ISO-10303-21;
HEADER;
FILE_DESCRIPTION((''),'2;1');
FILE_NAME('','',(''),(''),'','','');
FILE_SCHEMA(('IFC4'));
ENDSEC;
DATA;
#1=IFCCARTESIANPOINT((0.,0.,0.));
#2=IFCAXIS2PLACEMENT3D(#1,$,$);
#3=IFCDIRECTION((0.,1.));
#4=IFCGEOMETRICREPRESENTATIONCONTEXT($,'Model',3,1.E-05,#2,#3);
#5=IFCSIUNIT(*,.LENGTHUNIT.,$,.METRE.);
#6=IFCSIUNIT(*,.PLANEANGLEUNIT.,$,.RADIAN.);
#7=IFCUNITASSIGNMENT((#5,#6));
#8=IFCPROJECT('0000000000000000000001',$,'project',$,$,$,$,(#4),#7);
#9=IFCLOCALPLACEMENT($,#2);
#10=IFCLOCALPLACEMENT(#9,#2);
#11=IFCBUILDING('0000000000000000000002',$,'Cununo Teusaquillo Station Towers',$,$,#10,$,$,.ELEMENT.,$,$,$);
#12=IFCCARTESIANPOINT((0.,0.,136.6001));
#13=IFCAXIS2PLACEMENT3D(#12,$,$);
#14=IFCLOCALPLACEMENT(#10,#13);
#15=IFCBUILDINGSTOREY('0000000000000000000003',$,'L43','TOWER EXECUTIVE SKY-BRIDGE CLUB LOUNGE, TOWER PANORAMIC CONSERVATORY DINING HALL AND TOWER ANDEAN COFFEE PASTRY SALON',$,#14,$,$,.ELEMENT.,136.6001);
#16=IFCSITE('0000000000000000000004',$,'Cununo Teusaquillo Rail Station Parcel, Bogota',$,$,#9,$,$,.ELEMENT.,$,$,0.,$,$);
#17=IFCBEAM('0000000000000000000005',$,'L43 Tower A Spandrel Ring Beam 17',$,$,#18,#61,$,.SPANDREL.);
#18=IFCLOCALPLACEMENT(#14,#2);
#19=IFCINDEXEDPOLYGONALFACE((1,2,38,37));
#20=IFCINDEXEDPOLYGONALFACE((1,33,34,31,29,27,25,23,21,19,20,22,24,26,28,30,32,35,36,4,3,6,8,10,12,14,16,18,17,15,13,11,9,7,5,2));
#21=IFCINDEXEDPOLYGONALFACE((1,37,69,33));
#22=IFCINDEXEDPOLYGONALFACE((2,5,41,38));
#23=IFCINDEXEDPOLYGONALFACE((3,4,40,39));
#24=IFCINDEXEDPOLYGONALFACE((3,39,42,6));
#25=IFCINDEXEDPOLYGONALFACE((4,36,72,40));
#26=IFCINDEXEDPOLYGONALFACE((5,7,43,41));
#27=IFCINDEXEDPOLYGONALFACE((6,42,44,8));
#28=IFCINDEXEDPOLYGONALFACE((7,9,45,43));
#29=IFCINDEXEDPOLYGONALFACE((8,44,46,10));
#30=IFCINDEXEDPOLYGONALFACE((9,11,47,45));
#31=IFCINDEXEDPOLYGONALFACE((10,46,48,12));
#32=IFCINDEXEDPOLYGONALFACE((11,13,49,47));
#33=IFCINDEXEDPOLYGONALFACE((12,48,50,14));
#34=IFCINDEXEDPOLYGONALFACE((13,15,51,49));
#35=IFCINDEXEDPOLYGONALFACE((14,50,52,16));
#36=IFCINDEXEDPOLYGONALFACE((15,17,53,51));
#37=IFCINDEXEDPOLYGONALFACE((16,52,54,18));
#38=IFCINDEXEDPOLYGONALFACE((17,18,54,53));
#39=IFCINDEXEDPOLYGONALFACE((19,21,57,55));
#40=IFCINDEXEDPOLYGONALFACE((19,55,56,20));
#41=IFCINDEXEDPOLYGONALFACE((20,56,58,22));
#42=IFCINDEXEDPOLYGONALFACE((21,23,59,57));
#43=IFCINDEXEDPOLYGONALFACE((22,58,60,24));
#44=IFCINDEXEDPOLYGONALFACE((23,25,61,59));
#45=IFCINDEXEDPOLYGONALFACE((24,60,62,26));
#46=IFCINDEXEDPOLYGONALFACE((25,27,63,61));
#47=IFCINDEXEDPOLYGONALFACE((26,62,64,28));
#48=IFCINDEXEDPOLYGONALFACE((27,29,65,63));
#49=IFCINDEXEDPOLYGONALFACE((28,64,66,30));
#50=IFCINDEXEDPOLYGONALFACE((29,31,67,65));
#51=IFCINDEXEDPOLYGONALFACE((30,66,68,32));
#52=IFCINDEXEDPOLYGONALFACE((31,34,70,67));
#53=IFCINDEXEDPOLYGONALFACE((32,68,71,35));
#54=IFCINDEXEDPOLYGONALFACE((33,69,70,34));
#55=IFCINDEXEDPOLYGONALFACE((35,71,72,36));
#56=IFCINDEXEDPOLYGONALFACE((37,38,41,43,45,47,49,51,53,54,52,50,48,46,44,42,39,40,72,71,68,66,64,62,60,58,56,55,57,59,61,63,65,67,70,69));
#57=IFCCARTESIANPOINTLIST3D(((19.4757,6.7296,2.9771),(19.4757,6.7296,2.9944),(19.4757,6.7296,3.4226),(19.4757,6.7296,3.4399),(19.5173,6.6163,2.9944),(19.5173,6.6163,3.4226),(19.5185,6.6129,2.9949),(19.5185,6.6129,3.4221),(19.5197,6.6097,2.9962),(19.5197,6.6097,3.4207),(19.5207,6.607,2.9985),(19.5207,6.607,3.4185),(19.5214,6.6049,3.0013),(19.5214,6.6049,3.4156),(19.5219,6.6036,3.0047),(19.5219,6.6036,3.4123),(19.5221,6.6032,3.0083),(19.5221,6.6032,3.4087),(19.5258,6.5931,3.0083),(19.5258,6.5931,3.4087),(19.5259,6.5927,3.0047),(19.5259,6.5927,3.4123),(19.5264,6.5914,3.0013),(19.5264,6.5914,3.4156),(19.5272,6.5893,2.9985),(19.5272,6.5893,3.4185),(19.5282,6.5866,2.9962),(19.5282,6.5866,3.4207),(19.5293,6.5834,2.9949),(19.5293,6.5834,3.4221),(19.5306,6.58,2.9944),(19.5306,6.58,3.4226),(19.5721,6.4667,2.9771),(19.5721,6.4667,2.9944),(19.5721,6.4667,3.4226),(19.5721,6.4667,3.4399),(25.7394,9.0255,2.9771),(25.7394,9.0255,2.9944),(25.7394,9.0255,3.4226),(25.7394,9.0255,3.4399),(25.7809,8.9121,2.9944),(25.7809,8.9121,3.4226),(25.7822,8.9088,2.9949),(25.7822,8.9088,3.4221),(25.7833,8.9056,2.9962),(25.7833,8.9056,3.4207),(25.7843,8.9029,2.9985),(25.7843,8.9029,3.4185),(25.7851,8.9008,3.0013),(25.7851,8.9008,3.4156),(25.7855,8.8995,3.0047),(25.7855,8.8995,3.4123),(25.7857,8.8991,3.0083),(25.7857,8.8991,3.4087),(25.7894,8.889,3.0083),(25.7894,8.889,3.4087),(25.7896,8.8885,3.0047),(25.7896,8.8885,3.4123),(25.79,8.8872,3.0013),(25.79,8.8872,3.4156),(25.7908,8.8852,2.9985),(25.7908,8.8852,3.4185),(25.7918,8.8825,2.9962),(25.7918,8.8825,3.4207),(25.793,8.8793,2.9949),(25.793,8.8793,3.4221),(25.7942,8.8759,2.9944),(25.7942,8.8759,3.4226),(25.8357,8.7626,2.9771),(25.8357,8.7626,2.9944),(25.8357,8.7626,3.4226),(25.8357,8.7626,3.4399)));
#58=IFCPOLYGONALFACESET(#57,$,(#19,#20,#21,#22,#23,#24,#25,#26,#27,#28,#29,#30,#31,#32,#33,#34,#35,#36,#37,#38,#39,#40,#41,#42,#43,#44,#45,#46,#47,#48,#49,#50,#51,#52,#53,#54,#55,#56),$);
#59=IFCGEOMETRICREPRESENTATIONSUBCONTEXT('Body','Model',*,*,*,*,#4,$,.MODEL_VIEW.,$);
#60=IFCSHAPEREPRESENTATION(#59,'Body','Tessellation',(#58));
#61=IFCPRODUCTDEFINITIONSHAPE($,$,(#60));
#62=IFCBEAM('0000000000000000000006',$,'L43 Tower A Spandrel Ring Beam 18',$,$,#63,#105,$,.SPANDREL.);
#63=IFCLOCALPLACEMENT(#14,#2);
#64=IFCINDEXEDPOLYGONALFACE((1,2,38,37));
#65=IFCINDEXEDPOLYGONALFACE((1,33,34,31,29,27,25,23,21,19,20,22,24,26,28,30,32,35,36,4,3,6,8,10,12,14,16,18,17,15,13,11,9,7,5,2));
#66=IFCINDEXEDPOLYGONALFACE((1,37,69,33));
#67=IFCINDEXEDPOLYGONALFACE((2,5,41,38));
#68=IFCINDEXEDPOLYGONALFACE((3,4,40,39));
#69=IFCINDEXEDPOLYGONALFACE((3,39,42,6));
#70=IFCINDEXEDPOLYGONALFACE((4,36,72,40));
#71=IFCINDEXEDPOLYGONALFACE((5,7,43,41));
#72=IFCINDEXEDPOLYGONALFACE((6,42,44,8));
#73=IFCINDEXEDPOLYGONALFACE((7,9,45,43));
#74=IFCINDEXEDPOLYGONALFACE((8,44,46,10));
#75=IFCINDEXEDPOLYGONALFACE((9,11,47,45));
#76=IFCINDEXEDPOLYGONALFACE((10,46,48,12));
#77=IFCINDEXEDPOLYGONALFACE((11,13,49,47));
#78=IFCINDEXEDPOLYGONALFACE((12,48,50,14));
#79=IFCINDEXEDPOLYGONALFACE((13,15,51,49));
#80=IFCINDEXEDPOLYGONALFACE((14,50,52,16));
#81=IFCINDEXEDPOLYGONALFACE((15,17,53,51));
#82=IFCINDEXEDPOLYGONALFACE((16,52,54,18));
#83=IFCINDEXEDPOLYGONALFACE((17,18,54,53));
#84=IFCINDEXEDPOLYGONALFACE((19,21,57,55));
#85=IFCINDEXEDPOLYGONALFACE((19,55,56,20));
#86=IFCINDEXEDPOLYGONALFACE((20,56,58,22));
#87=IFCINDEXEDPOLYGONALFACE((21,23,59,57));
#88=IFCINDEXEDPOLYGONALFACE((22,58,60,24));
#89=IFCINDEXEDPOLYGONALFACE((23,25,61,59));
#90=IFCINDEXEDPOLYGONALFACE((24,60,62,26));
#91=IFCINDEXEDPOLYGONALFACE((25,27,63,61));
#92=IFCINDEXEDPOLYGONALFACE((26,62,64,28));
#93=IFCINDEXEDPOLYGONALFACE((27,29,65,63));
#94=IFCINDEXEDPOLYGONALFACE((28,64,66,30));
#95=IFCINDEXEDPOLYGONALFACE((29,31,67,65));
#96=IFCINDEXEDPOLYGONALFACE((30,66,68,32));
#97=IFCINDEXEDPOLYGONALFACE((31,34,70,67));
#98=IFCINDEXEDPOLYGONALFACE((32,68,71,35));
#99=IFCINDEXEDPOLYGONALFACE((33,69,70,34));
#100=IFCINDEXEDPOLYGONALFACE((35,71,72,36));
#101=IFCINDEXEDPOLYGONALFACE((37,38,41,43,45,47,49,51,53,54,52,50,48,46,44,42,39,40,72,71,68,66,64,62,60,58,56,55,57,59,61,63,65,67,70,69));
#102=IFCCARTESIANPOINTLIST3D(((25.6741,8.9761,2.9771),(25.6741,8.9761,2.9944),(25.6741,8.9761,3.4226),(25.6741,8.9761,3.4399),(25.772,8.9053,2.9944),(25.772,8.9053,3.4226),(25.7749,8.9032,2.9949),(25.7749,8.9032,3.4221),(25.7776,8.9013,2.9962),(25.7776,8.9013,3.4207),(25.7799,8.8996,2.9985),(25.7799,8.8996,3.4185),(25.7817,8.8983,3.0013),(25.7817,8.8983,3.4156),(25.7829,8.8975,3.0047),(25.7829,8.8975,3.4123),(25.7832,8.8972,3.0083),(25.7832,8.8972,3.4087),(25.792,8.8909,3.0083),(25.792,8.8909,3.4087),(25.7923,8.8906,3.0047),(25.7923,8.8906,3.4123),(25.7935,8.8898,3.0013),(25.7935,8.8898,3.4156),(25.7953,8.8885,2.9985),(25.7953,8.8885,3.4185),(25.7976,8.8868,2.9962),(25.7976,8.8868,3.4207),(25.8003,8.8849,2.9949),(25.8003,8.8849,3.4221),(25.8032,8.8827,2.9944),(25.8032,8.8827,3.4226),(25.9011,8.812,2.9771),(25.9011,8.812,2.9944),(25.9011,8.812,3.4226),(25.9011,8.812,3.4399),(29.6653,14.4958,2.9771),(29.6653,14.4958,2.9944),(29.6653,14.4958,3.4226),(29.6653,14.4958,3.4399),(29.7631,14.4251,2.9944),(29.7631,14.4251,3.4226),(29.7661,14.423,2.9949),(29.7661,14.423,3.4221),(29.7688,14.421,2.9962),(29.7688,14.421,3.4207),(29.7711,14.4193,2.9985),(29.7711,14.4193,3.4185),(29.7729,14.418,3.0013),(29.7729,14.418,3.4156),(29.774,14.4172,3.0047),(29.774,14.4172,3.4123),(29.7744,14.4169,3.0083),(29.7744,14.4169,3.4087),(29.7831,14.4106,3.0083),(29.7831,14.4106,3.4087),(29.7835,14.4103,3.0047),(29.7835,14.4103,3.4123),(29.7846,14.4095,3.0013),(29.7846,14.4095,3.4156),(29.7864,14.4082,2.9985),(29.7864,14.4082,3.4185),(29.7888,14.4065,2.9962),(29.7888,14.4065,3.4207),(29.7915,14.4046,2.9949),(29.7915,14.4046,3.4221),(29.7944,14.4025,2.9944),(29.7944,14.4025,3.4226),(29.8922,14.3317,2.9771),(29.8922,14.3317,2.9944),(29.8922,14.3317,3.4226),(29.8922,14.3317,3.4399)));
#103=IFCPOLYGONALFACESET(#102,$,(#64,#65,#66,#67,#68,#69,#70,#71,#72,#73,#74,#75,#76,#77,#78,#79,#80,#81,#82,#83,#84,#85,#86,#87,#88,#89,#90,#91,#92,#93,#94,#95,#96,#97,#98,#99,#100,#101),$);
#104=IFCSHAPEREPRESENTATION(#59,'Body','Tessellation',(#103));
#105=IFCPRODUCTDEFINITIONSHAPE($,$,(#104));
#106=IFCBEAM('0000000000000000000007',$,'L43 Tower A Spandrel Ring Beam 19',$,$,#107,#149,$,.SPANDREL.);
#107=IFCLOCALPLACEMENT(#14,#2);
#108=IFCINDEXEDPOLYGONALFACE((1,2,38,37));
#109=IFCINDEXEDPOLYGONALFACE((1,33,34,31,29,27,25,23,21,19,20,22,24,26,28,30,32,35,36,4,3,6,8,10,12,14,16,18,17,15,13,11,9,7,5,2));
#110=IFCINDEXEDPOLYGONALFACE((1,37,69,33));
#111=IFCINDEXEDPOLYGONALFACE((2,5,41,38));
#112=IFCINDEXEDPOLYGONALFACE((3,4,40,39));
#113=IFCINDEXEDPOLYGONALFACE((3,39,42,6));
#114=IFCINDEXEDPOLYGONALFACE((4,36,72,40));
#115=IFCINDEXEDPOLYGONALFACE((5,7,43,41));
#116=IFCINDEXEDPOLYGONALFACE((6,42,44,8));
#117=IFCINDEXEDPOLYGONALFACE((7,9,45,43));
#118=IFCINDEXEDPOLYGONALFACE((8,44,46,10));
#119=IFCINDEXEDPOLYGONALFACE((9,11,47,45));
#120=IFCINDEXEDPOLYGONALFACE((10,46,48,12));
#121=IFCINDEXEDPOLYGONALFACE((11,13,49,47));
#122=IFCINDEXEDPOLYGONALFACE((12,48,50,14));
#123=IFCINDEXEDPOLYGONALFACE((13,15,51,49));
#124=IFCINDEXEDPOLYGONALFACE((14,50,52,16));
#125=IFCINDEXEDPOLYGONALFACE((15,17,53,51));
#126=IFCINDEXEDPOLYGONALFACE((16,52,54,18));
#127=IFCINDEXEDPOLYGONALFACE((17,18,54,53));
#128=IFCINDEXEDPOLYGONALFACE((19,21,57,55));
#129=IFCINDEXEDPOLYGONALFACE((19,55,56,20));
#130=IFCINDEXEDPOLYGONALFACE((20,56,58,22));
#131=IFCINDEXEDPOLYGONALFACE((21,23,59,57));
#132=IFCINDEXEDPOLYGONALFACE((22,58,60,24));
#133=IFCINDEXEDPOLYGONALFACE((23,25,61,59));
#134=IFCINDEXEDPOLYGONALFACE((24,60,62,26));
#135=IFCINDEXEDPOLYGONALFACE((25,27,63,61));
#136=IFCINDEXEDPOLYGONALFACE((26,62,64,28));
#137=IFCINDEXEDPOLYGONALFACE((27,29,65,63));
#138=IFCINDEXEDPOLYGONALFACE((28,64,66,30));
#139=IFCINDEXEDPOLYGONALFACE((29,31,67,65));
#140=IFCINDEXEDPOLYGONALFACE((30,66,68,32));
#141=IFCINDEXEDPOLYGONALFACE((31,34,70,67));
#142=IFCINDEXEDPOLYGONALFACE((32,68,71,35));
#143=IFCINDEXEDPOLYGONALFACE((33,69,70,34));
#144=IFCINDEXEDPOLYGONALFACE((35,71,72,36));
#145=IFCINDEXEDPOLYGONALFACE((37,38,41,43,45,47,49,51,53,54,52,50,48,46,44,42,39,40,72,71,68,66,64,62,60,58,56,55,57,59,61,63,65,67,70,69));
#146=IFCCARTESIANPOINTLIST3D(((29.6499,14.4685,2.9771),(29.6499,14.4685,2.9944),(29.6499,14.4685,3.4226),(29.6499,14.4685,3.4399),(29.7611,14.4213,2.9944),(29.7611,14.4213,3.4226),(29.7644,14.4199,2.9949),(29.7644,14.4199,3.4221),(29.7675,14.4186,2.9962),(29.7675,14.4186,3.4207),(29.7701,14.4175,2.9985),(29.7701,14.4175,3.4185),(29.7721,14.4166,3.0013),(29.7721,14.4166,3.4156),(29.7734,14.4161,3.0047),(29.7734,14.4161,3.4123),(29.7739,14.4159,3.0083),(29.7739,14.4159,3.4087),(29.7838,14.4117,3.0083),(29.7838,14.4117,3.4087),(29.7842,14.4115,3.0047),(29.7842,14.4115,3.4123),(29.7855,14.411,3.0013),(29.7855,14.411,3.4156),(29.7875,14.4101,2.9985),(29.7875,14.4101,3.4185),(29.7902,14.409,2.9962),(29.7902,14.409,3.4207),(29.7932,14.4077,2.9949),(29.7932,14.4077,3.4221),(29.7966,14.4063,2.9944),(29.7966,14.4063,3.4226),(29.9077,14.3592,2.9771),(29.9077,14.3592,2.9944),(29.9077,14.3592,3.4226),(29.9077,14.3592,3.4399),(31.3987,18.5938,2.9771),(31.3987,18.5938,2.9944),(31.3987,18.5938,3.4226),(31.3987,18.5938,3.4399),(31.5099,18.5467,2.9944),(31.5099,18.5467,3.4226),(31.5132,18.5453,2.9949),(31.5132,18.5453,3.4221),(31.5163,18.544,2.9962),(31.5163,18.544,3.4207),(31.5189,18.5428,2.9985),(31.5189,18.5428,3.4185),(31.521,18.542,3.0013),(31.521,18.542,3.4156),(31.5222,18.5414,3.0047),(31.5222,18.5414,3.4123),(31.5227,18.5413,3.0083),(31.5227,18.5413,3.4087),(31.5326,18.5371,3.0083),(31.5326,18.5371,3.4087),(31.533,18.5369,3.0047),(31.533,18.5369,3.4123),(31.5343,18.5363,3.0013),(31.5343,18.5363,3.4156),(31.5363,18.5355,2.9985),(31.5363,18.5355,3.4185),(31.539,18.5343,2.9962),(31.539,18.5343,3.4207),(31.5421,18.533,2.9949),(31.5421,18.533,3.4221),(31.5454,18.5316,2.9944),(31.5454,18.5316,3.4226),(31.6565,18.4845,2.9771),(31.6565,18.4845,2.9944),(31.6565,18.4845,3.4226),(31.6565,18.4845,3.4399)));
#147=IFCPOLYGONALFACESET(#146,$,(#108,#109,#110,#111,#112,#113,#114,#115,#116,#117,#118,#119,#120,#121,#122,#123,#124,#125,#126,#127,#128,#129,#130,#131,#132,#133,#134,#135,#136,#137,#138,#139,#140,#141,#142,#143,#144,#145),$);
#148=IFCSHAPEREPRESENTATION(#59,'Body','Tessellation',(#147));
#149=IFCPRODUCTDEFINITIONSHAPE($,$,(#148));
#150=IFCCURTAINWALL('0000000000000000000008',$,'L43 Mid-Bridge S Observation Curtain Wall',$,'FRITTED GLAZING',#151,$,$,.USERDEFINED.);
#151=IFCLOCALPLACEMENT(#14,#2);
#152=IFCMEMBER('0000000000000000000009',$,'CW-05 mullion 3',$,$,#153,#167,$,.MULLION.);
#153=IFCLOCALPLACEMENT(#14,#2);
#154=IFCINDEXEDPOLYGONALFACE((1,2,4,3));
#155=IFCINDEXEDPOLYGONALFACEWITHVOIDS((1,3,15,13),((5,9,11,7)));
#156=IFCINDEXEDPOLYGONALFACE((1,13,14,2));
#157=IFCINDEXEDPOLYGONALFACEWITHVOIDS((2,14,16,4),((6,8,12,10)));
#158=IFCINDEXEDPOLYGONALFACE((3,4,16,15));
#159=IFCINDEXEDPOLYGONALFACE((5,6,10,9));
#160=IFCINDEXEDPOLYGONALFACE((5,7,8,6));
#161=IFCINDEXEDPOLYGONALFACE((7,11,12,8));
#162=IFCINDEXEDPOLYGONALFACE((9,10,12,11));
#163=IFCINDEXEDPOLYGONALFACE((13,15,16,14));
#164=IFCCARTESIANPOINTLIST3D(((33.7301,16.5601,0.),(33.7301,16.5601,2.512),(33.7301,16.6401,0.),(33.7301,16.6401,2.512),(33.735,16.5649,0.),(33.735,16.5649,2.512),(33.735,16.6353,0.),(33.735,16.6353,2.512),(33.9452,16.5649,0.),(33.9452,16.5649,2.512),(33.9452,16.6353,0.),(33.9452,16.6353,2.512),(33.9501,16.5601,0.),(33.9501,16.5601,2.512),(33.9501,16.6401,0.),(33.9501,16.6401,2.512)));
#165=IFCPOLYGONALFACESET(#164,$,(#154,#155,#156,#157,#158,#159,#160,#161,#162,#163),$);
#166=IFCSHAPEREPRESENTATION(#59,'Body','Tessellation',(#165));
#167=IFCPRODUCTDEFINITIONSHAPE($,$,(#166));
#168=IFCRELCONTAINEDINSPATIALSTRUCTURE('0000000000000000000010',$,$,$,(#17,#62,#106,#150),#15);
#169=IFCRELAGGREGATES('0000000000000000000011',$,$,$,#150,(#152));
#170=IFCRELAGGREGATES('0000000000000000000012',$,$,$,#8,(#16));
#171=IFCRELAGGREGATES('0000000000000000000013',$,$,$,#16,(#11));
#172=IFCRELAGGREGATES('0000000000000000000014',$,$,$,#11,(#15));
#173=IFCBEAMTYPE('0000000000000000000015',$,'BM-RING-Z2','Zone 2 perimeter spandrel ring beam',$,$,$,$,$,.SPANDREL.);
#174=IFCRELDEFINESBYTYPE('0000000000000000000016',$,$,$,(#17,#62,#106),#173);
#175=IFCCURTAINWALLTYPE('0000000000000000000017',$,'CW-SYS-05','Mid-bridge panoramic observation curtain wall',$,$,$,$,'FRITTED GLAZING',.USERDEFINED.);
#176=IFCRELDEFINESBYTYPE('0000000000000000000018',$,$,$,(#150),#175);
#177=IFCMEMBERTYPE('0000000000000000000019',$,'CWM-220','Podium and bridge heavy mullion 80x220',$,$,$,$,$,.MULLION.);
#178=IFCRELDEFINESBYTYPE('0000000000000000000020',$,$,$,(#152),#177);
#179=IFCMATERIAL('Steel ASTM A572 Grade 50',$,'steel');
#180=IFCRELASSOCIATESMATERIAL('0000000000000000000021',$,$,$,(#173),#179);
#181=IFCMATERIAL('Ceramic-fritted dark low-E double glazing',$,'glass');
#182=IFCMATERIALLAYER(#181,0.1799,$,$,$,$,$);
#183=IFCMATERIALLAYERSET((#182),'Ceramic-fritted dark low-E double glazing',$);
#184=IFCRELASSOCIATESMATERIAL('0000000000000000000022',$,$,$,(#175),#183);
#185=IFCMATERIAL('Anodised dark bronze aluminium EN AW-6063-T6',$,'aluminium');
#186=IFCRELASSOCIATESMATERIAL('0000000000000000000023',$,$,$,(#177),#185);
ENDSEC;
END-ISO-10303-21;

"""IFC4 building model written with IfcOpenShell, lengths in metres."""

from ifc_helpers import new_model, si_unit, direction, frame, origin, origin_2d, place, context, subcontext, project, spatial, hollow_rectangle, i_section, extrude, material, layer, layer_set, material_profile, profile_set, type_object, element, aggregate, save


model = new_model("IFC4")

# Units and contexts
model_context = context("Model", 3, precision=1e-05, world=origin(), true_north=direction((0.0, 1.0)))
body_context = subcontext(model_context, "Body", "Model", "MODEL_VIEW")
ifc_project = project(units=[si_unit("LENGTHUNIT", "METRE"), si_unit("PLANEANGLEUNIT", "RADIAN")], contexts=[model_context])

# Site, building, storey
site_placement = place(None, origin())
site = spatial("IfcSite", under=ifc_project, at=site_placement, Name="Cununo Teusaquillo Rail Station Parcel, Bogota", CompositionType="ELEMENT", RefElevation=0.0)
building_placement = place(site_placement, origin())
building = spatial("IfcBuilding", under=site, at=building_placement, Name="Cununo Teusaquillo Station Towers", CompositionType="ELEMENT")
storey_placement = place(building_placement, frame((0.0, 0.0, 136.6001)))
storey = spatial("IfcBuildingStorey", under=building, at=storey_placement, Name="L43", Description="TOWER EXECUTIVE SKY-BRIDGE CLUB LOUNGE, TOWER PANORAMIC CONSERVATORY DINING HALL AND TOWER ANDEAN COFFEE PASTRY SALON", CompositionType="ELEMENT", Elevation=136.6001)

# Beams
ifc_material_1 = material(Name="Steel ASTM A572 Grade 50", Category="steel")
ifc_material_profile_1 = material_profile(ifc_material_1, i_section(OverallWidth=0.28, OverallDepth=0.4629, WebThickness=0.0107, FlangeThickness=0.0173, FilletRadius=0.0139, at=origin_2d()), Name="W18X76")
ifc_profile_set_1 = profile_set([ifc_material_profile_1], Name="Steel ASTM A572 Grade 50")
beam_type_1 = type_object("IfcBeamType", Name="BM-RING-Z2", Description="Zone 2 perimeter spandrel ring beam", PredefinedType="SPANDREL", material=ifc_profile_set_1)
beam_1_placement = place(storey_placement, frame((19.5239, 6.5981, 3.2085), z_axis=(0.938914, 0.344151, 0.0), x_axis=(-0.344151, 0.938914, 0.0)))
element("IfcBeam", 1, at=beam_1_placement, inside=storey, type_object=beam_type_1, Name="L43 Tower A Spandrel Ring Beam 17", PredefinedType="SPANDREL", context=body_context, shape_type="SweptSolid", body=[
    extrude(i_section(OverallWidth=0.28, OverallDepth=0.4629, WebThickness=0.0107, FlangeThickness=0.0173, FilletRadius=0.0139, at=origin_2d()), origin(), (0.0, 0.0, 1.0), 6.6711),
])
beam_2_placement = place(storey_placement, frame((25.7876, 8.894, 3.2085), z_axis=(0.585945, 0.810351, 0.0), x_axis=(-0.810351, 0.585945, 0.0)))
element("IfcBeam", 2, at=beam_2_placement, inside=storey, type_object=beam_type_1, Name="L43 Tower A Spandrel Ring Beam 18", PredefinedType="SPANDREL", context=body_context, shape_type="SweptSolid", body=[
    extrude(i_section(OverallWidth=0.28, OverallDepth=0.4629, WebThickness=0.0107, FlangeThickness=0.0173, FilletRadius=0.0139, at=origin_2d()), origin(), (0.0, 0.0, 1.0), 6.8115),
])
beam_3_placement = place(storey_placement, frame((29.7788, 14.4138, 3.2085), z_axis=(0.390299, 0.920688, 0.0), x_axis=(-0.920688, 0.390299, 0.0)))
element("IfcBeam", 3, at=beam_3_placement, inside=storey, type_object=beam_type_1, Name="L43 Tower A Spandrel Ring Beam 19", PredefinedType="SPANDREL", context=body_context, shape_type="SweptSolid", body=[
    extrude(i_section(OverallWidth=0.28, OverallDepth=0.4629, WebThickness=0.0107, FlangeThickness=0.0173, FilletRadius=0.0139, at=origin_2d()), origin(), (0.0, 0.0, 1.0), 4.4807),
])

# Curtain wall, member
ifc_material_2 = material(Name="Ceramic-fritted dark low-E double glazing", Category="glass")
ifc_layer_1 = layer(ifc_material_2, 0.1799)
ifc_layer_set_1 = layer_set([ifc_layer_1], Name="Ceramic-fritted dark low-E double glazing")
curtain_wall_type = type_object("IfcCurtainWallType", Name="CW-SYS-05", Description="Mid-bridge panoramic observation curtain wall", ElementType="FRITTED GLAZING", PredefinedType="USERDEFINED", material=ifc_layer_set_1)
curtain_wall_placement = place(storey_placement, origin())
curtain_wall = element("IfcCurtainWall", 4, at=curtain_wall_placement, inside=storey, type_object=curtain_wall_type, Name="L43 Mid-Bridge S Observation Curtain Wall", ObjectType="FRITTED GLAZING", PredefinedType="USERDEFINED")
ifc_material_3 = material(Name="Anodised dark bronze aluminium EN AW-6063-T6", Category="aluminium")
ifc_material_profile_2 = material_profile(ifc_material_3, hollow_rectangle(XDim=0.0801, YDim=0.22, WallThickness=0.0049, at=origin_2d()), Name="CW-MULL-80x220")
ifc_profile_set_2 = profile_set([ifc_material_profile_2], Name="Anodised dark bronze aluminium EN AW-6063-T6")
member_type_1 = type_object("IfcMemberType", Name="CWM-220", Description="Podium and bridge heavy mullion 80x220", PredefinedType="MULLION", material=ifc_profile_set_2)
member_1_placement = place(storey_placement, frame((33.8401, 16.6001, 0.0), z_axis=(0.0, 0.0, 1.0), x_axis=(0.0, -1.0, 0.0)))
member_1 = element("IfcMember", 5, at=member_1_placement, type_object=member_type_1, Name="CW-05 mullion 3", PredefinedType="MULLION", context=body_context, shape_type="SweptSolid", body=[
    extrude(hollow_rectangle(XDim=0.0801, YDim=0.22, WallThickness=0.0049, at=origin_2d()), origin(), (0.0, 0.0, 1.0), 2.512),
])
aggregate(curtain_wall, [member_1])

save(model, "model.ifc")
